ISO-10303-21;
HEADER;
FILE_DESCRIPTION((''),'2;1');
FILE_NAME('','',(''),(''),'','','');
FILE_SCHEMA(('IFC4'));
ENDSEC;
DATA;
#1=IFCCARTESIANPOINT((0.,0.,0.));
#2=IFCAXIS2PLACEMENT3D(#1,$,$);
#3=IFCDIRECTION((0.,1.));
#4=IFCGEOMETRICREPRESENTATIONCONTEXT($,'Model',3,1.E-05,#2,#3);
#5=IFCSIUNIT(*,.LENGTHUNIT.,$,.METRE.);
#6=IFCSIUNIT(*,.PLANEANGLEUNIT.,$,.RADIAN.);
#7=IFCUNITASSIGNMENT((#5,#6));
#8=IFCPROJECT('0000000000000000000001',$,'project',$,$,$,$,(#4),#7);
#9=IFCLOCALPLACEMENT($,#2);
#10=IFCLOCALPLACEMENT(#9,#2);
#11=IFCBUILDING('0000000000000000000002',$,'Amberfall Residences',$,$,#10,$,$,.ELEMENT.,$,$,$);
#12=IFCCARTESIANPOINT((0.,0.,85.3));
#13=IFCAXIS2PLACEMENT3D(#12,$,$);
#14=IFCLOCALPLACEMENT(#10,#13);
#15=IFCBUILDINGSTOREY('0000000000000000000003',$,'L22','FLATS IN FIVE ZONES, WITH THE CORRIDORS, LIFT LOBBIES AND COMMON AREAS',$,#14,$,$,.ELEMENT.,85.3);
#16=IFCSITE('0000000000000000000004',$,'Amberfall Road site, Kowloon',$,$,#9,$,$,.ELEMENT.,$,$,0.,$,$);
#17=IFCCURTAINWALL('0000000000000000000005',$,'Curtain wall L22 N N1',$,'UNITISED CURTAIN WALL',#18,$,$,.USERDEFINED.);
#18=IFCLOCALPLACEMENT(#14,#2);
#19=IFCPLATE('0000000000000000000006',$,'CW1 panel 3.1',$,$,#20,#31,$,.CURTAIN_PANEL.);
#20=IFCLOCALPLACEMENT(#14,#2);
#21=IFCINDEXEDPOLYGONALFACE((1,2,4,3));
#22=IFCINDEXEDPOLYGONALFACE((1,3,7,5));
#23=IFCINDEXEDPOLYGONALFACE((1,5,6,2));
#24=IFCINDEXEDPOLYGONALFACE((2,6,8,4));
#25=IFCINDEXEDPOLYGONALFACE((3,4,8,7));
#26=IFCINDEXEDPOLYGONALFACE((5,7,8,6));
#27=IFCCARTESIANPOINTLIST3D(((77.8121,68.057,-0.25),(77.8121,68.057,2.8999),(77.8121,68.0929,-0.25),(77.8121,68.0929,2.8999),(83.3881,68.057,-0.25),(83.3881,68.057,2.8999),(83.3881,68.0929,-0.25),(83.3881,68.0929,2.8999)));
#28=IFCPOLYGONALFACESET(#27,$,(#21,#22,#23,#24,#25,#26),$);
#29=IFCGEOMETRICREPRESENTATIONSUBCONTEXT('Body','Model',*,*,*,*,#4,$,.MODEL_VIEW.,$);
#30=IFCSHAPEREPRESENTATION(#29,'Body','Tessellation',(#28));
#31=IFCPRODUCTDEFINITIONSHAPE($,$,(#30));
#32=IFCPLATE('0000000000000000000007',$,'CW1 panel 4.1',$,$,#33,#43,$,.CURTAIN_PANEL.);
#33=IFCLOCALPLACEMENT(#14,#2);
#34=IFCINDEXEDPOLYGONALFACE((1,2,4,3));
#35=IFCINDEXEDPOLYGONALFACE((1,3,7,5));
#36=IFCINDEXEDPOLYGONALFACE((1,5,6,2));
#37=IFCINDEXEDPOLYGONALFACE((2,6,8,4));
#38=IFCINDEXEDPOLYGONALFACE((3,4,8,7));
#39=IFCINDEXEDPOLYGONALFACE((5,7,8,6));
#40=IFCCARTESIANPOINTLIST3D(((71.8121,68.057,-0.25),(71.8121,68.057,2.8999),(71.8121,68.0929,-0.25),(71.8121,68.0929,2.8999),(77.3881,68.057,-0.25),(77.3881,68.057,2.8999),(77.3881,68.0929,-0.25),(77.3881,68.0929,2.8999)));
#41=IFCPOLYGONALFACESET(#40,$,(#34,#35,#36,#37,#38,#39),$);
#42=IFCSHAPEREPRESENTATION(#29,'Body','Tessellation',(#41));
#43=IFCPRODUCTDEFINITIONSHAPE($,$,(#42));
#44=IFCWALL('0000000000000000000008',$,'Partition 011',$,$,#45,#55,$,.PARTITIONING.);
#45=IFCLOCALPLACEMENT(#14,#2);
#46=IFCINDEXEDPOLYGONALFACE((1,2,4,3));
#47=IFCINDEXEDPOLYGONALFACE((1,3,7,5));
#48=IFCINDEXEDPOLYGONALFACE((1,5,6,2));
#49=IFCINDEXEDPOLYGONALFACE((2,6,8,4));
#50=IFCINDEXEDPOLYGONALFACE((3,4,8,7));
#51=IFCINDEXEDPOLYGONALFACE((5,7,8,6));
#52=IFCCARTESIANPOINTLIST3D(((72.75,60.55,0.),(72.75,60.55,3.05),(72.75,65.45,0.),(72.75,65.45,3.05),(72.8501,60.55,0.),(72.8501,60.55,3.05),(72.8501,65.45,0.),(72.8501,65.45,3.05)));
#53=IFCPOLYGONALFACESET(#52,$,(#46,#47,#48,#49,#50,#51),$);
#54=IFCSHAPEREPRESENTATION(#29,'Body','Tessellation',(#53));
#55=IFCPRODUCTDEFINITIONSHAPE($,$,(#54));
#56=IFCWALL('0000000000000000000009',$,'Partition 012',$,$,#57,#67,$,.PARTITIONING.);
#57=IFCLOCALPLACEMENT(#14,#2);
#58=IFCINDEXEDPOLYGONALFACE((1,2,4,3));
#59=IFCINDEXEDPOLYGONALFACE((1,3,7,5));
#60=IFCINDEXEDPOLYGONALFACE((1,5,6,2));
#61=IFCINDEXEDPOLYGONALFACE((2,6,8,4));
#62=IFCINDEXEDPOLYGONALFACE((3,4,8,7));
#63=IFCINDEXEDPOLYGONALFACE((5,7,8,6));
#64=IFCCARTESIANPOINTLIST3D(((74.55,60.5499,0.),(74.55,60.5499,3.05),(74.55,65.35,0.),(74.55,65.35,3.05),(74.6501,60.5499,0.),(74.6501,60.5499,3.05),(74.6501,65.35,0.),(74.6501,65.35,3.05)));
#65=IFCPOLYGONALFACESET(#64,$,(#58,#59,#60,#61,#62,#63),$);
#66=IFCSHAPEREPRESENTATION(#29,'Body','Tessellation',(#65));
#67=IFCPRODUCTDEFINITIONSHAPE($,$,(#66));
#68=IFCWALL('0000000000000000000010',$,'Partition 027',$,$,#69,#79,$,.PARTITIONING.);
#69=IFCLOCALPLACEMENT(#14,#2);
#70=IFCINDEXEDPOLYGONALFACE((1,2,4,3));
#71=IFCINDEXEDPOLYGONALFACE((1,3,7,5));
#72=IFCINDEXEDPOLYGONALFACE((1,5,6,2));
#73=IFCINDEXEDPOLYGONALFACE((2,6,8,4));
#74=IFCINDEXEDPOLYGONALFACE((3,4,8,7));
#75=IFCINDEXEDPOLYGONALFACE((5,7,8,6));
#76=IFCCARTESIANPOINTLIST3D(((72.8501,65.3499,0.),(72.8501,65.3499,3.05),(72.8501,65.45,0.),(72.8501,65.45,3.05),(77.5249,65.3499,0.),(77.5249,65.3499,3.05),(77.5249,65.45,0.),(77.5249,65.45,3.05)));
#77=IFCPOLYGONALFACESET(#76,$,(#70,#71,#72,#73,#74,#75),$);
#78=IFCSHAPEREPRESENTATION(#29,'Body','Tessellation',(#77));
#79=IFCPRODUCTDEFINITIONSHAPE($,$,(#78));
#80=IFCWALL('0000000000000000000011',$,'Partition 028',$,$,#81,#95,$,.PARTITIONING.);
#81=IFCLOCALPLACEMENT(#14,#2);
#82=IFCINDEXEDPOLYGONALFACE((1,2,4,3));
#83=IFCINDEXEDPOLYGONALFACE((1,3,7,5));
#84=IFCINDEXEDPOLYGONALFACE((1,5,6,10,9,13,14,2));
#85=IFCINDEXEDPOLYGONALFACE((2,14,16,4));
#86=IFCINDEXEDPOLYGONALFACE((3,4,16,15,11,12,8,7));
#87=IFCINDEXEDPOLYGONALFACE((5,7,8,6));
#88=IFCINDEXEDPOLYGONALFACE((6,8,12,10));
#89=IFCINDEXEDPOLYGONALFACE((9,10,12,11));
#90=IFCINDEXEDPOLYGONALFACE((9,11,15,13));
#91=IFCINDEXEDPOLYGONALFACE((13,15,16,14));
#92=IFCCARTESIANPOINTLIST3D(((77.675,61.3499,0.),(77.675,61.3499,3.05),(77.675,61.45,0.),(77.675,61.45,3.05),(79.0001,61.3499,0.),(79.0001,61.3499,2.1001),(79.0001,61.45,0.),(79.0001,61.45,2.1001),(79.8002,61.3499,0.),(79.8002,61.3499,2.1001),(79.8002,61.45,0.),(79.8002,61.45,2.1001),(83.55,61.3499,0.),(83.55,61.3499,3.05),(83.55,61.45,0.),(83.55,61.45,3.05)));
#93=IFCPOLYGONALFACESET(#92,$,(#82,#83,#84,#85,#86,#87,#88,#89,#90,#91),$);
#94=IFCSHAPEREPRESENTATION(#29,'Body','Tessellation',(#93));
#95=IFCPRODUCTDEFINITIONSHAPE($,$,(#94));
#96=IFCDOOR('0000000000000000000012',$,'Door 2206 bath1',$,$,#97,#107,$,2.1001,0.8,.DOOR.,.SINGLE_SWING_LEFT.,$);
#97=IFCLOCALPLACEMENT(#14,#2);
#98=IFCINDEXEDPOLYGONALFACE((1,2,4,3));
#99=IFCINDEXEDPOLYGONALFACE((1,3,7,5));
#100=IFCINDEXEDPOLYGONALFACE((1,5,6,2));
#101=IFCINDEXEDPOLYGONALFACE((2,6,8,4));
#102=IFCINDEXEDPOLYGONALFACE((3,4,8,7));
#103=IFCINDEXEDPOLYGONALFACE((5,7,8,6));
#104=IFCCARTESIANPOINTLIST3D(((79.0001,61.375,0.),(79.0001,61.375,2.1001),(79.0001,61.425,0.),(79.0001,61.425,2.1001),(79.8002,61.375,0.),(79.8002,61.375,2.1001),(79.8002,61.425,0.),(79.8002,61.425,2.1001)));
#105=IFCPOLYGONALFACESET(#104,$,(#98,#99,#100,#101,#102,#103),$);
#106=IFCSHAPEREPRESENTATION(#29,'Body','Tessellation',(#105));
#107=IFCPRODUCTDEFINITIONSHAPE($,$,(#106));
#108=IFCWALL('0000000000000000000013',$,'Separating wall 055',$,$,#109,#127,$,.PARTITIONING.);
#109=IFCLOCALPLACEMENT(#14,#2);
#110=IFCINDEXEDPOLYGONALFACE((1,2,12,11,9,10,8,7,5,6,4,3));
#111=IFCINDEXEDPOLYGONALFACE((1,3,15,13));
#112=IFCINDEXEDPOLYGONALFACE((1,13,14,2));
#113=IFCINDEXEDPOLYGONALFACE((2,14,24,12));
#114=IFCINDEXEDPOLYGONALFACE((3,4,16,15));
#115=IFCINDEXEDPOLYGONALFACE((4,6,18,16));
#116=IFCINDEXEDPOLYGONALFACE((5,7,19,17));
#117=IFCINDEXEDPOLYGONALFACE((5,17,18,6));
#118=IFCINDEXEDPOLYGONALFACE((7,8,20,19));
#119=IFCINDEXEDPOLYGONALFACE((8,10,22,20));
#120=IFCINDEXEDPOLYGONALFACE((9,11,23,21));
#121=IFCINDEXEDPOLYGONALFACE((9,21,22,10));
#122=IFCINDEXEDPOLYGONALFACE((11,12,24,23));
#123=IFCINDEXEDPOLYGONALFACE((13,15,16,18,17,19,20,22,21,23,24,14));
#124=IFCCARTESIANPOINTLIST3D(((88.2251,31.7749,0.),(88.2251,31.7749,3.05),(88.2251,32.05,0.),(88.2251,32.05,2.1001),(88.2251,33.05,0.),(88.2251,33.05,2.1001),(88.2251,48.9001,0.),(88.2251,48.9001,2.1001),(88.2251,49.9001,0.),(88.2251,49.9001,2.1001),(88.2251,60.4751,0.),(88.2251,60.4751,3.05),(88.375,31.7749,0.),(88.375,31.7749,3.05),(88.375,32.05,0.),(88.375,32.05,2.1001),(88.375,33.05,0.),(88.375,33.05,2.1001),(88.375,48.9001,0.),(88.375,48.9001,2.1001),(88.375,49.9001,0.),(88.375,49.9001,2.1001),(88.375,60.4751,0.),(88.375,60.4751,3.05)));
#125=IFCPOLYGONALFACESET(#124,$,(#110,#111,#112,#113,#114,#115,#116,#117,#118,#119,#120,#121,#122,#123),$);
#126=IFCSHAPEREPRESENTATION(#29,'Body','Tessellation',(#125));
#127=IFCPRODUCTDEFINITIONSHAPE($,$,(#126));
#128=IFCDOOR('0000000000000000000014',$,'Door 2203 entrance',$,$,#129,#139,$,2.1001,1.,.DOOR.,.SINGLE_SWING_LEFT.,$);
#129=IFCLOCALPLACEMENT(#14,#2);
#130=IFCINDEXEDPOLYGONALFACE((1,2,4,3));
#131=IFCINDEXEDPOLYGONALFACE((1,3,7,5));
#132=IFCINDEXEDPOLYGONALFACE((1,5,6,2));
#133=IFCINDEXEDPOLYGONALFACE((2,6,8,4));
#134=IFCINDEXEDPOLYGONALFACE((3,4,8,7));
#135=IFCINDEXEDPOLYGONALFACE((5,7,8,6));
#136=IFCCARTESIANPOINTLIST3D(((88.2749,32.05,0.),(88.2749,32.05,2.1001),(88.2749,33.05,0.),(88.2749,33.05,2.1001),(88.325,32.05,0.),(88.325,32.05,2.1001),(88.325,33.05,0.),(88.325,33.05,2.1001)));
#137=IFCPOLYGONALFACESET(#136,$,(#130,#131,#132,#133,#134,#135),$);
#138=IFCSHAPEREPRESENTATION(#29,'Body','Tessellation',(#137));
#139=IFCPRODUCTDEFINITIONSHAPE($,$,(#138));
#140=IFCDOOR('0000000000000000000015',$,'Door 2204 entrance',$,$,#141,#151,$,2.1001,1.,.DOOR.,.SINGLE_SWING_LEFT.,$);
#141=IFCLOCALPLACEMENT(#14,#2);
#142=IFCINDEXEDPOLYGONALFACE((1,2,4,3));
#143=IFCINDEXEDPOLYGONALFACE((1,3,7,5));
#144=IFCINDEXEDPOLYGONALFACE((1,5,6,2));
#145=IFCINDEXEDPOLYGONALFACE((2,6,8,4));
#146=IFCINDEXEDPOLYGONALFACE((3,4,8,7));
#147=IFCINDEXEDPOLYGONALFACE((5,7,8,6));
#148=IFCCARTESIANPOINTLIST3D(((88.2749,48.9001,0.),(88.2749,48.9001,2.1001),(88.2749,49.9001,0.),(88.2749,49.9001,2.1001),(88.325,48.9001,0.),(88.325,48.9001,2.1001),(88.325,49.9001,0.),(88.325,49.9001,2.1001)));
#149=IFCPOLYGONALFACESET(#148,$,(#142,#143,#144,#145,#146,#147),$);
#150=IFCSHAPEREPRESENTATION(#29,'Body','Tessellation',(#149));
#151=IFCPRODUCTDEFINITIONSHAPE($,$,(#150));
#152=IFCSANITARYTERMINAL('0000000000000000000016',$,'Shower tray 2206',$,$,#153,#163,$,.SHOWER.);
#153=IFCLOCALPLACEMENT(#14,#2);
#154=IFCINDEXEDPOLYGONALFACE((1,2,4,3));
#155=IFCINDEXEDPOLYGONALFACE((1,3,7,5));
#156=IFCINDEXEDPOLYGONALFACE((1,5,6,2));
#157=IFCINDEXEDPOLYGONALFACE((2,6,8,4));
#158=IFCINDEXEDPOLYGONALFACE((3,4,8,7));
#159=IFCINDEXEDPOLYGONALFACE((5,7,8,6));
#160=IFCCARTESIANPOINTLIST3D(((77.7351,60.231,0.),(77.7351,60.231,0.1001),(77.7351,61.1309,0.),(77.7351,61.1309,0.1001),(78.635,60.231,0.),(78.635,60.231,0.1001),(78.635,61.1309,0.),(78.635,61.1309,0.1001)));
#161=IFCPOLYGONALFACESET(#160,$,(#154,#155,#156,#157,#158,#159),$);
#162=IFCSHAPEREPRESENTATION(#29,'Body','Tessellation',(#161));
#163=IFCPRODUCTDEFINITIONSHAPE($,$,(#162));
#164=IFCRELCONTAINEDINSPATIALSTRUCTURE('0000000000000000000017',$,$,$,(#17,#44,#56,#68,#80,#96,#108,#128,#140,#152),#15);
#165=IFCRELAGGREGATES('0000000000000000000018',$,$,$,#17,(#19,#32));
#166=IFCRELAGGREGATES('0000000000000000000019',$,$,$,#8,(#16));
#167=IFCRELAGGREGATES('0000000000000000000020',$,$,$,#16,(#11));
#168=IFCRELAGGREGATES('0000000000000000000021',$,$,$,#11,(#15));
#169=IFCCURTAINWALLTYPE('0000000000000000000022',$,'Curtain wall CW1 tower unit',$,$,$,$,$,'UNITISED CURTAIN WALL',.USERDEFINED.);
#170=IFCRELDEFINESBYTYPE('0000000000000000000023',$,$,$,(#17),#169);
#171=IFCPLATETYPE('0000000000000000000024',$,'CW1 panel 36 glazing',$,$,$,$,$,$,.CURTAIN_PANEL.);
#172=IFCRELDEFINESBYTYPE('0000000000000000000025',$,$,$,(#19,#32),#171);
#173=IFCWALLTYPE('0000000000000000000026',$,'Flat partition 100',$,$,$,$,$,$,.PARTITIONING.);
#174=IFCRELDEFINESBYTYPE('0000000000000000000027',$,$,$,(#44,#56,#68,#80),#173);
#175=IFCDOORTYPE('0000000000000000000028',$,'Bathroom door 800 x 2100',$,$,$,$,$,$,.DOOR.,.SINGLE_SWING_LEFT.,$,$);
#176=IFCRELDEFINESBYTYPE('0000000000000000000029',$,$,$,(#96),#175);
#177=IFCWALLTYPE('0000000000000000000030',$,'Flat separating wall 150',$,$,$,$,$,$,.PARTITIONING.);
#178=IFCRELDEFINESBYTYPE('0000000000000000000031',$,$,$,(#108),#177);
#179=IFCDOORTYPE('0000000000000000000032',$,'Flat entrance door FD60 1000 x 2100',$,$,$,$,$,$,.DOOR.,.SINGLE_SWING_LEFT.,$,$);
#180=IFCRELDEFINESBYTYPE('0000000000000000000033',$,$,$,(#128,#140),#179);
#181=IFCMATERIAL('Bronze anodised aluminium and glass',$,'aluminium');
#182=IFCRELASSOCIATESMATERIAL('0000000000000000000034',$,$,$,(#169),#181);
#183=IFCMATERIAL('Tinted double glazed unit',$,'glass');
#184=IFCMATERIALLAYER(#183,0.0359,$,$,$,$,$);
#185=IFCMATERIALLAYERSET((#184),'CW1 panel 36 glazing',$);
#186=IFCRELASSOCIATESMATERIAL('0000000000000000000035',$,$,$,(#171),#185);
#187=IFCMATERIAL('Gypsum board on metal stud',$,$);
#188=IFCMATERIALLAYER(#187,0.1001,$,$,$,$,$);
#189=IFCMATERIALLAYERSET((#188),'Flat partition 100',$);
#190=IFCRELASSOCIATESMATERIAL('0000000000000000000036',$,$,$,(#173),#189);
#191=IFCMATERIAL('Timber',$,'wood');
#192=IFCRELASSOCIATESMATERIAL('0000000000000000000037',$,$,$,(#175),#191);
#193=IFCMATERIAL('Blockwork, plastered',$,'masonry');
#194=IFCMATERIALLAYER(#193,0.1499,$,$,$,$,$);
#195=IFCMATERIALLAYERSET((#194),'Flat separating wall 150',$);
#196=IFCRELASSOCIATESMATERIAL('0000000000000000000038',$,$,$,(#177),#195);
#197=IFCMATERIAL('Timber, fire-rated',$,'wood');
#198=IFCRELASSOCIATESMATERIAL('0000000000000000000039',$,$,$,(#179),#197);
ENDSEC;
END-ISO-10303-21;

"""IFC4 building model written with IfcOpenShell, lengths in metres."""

from ifc_helpers import new_model, si_unit, direction, frame, frame_2d, origin, origin_2d, place, context, subcontext, project, spatial, rectangle, extrude, material, layer, layer_set, type_object, element, fill, aggregate, save


model = new_model("IFC4")

# Units and contexts
model_context = context("Model", 3, precision=1e-05, world=origin(), true_north=direction((0.0, 1.0)))
body_context = subcontext(model_context, "Body", "Model", "MODEL_VIEW")
ifc_project = project(units=[si_unit("LENGTHUNIT", "METRE"), si_unit("PLANEANGLEUNIT", "RADIAN")], contexts=[model_context])

# Site, building, storey
site_placement = place(None, origin())
site = spatial("IfcSite", under=ifc_project, at=site_placement, Name="Amberfall Road site, Kowloon", CompositionType="ELEMENT", RefElevation=0.0)
building_placement = place(site_placement, origin())
building = spatial("IfcBuilding", under=site, at=building_placement, Name="Amberfall Residences", CompositionType="ELEMENT")
storey_placement = place(building_placement, frame((0.0, 0.0, 85.3)))
storey = spatial("IfcBuildingStorey", under=building, at=storey_placement, Name="L22", Description="FLATS IN FIVE ZONES, WITH THE CORRIDORS, LIFT LOBBIES AND COMMON AREAS", CompositionType="ELEMENT", Elevation=85.3)

# Curtain wall
ifc_material_1 = material(Name="Bronze anodised aluminium and glass", Category="aluminium")
curtain_wall_type = type_object("IfcCurtainWallType", Name="Curtain wall CW1 tower unit", ElementType="UNITISED CURTAIN WALL", PredefinedType="USERDEFINED", material=ifc_material_1)
curtain_wall_placement = place(storey_placement, origin())
curtain_wall = element("IfcCurtainWall", 1, at=curtain_wall_placement, inside=storey, type_object=curtain_wall_type, Name="Curtain wall L22 N N1", ObjectType="UNITISED CURTAIN WALL", PredefinedType="USERDEFINED")

# Plates
ifc_material_2 = material(Name="Tinted double glazed unit", Category="glass")
ifc_layer_1 = layer(ifc_material_2, 0.0359)
ifc_layer_set_1 = layer_set([ifc_layer_1], Name="CW1 panel 36 glazing")
plate_type = type_object("IfcPlateType", Name="CW1 panel 36 glazing", PredefinedType="CURTAIN_PANEL", material=ifc_layer_set_1)
plate_1_placement = place(storey_placement, frame((80.6001, 68.075, -0.25), z_axis=(0.0, 0.0, 1.0), x_axis=(-1.0, 0.0, 0.0)))
plate_1 = element("IfcPlate", 2, at=plate_1_placement, type_object=plate_type, Name="CW1 panel 3.1", PredefinedType="CURTAIN_PANEL", context=body_context, shape_type="SweptSolid", body=[
    extrude(rectangle(XDim=5.5759, YDim=0.0359, at=origin_2d()), origin(), (0.0, 0.0, 1.0), 3.1499),
])
plate_2_placement = place(storey_placement, frame((74.6001, 68.075, -0.25), z_axis=(0.0, 0.0, 1.0), x_axis=(-1.0, 0.0, 0.0)))
plate_2 = element("IfcPlate", 3, at=plate_2_placement, type_object=plate_type, Name="CW1 panel 4.1", PredefinedType="CURTAIN_PANEL", context=body_context, shape_type="SweptSolid", body=[
    extrude(rectangle(XDim=5.5759, YDim=0.0359, at=origin_2d()), origin(), (0.0, 0.0, 1.0), 3.1499),
])
aggregate(curtain_wall, [plate_1, plate_2])

# Walls
ifc_material_3 = material(Name="Gypsum board on metal stud")
ifc_layer_2 = layer(ifc_material_3, 0.1001)
ifc_layer_set_2 = layer_set([ifc_layer_2], Name="Flat partition 100")
wall_type_1 = type_object("IfcWallType", Name="Flat partition 100", PredefinedType="PARTITIONING", material=ifc_layer_set_2)
wall_1_placement = place(storey_placement, frame((72.8, 60.55, 0.0), z_axis=(0.0, 0.0, 1.0), x_axis=(0.0, 1.0, 0.0)))
element("IfcWall", 4, at=wall_1_placement, inside=storey, type_object=wall_type_1, Name="Partition 011", PredefinedType="PARTITIONING", context=body_context, shape_type="SweptSolid", body=[
    extrude(rectangle(XDim=4.8999, YDim=0.1001, at=frame_2d((2.45, 0.0))), origin(), (0.0, 0.0, 1.0), 3.05),
])
wall_2_placement = place(storey_placement, frame((74.6001, 60.55, 0.0), z_axis=(0.0, 0.0, 1.0), x_axis=(0.0, 1.0, 0.0)))
element("IfcWall", 5, at=wall_2_placement, inside=storey, type_object=wall_type_1, Name="Partition 012", PredefinedType="PARTITIONING", context=body_context, shape_type="SweptSolid", body=[
    extrude(rectangle(XDim=4.8, YDim=0.1001, at=frame_2d((2.3999, 0.0))), origin(), (0.0, 0.0, 1.0), 3.05),
])
wall_3_placement = place(storey_placement, frame((72.8501, 65.3999, 0.0), z_axis=(0.0, 0.0, 1.0), x_axis=(1.0, 0.0, 0.0)))
element("IfcWall", 6, at=wall_3_placement, inside=storey, type_object=wall_type_1, Name="Partition 027", PredefinedType="PARTITIONING", context=body_context, shape_type="SweptSolid", body=[
    extrude(rectangle(XDim=4.6748, YDim=0.1001, at=frame_2d((2.3374, 0.0))), origin(), (0.0, 0.0, 1.0), 3.05),
])

# Wall, opening, door
wall_4_placement = place(storey_placement, frame((83.55, 61.3999, 0.0), z_axis=(0.0, 0.0, 1.0), x_axis=(-1.0, 0.0, 0.0)))
wall_4 = element("IfcWall", 7, at=wall_4_placement, inside=storey, type_object=wall_type_1, Name="Partition 028", PredefinedType="PARTITIONING", context=body_context, shape_type="SweptSolid", body=[
    extrude(rectangle(XDim=5.875, YDim=0.1001, at=frame_2d((2.9375, 0.0))), origin(), (0.0, 0.0, 1.0), 3.05),
])
opening_1_placement = place(wall_4_placement, frame((3.75, 0.0, 0.0)))
opening_1 = element("IfcOpeningElement", 8, at=opening_1_placement, cuts=wall_4, PredefinedType="OPENING", context=body_context, shape_type="SweptSolid", body=[
    extrude(rectangle(XDim=0.8, YDim=2.1001, at=frame_2d((0.3999, 1.05))), frame((0.0, 0.0601, 0.0), z_axis=(0.0, -1.0, 0.0), x_axis=(1.0, 0.0, 0.0)), (0.0, 0.0, 1.0), 0.1201),
])
ifc_material_4 = material(Name="Timber", Category="wood")
door_type_1 = type_object("IfcDoorType", Name="Bathroom door 800 x 2100", OperationType="SINGLE_SWING_LEFT", PredefinedType="DOOR", material=ifc_material_4)
door_1_placement = place(opening_1_placement, origin())
door_1 = element("IfcDoor", 9, at=door_1_placement, inside=storey, type_object=door_type_1, Name="Door 2206 bath1", OperationType="SINGLE_SWING_LEFT", OverallHeight=2.1001, OverallWidth=0.8, PredefinedType="DOOR", context=body_context, shape_type="SweptSolid", body=[
    extrude(rectangle(XDim=0.8, YDim=2.1001, at=frame_2d((0.3999, 1.05))), frame((0.0, 0.0249, 0.0), z_axis=(0.0, -1.0, 0.0), x_axis=(1.0, 0.0, 0.0)), (0.0, 0.0, 1.0), 0.05),
])
fill(opening_1, door_1)

# Wall, openings, doors
ifc_material_5 = material(Name="Blockwork, plastered", Category="masonry")
ifc_layer_3 = layer(ifc_material_5, 0.1499)
ifc_layer_set_3 = layer_set([ifc_layer_3], Name="Flat separating wall 150")
wall_type_2 = type_object("IfcWallType", Name="Flat separating wall 150", PredefinedType="PARTITIONING", material=ifc_layer_set_3)
wall_5_placement = place(storey_placement, frame((88.3, 60.4751, 0.0), z_axis=(0.0, 0.0, 1.0), x_axis=(0.0, -1.0, 0.0)))
wall_5 = element("IfcWall", 10, at=wall_5_placement, inside=storey, type_object=wall_type_2, Name="Separating wall 055", PredefinedType="PARTITIONING", context=body_context, shape_type="SweptSolid", body=[
    extrude(rectangle(XDim=28.7002, YDim=0.1499, at=frame_2d((14.3501, 0.0))), origin(), (0.0, 0.0, 1.0), 3.05),
])
opening_2_placement = place(wall_5_placement, frame((27.425, 0.0, 0.0)))
opening_2 = element("IfcOpeningElement", 11, at=opening_2_placement, cuts=wall_5, PredefinedType="OPENING", context=body_context, shape_type="SweptSolid", body=[
    extrude(rectangle(XDim=1.0, YDim=2.1001, at=frame_2d((0.5, 1.05))), frame((0.0, 0.085, 0.0), z_axis=(0.0, -1.0, 0.0), x_axis=(1.0, 0.0, 0.0)), (0.0, 0.0, 1.0), 0.1699),
])
opening_3_placement = place(wall_5_placement, frame((10.575, 0.0, 0.0)))
opening_3 = element("IfcOpeningElement", 12, at=opening_3_placement, cuts=wall_5, PredefinedType="OPENING", context=body_context, shape_type="SweptSolid", body=[
    extrude(rectangle(XDim=1.0, YDim=2.1001, at=frame_2d((0.5, 1.05))), frame((0.0, 0.085, 0.0), z_axis=(0.0, -1.0, 0.0), x_axis=(1.0, 0.0, 0.0)), (0.0, 0.0, 1.0), 0.1699),
])
ifc_material_6 = material(Name="Timber, fire-rated", Category="wood")
door_type_2 = type_object("IfcDoorType", Name="Flat entrance door FD60 1000 x 2100", OperationType="SINGLE_SWING_LEFT", PredefinedType="DOOR", material=ifc_material_6)
door_2_placement = place(opening_2_placement, origin())
door_2 = element("IfcDoor", 13, at=door_2_placement, inside=storey, type_object=door_type_2, Name="Door 2203 entrance", OperationType="SINGLE_SWING_LEFT", OverallHeight=2.1001, OverallWidth=1.0, PredefinedType="DOOR", context=body_context, shape_type="SweptSolid", body=[
    extrude(rectangle(XDim=1.0, YDim=2.1001, at=frame_2d((0.5, 1.05))), frame((0.0, 0.0249, 0.0), z_axis=(0.0, -1.0, 0.0), x_axis=(1.0, 0.0, 0.0)), (0.0, 0.0, 1.0), 0.05),
])
fill(opening_2, door_2)
door_3_placement = place(opening_3_placement, origin())
door_3 = element("IfcDoor", 14, at=door_3_placement, inside=storey, type_object=door_type_2, Name="Door 2204 entrance", OperationType="SINGLE_SWING_LEFT", OverallHeight=2.1001, OverallWidth=1.0, PredefinedType="DOOR", context=body_context, shape_type="SweptSolid", body=[
    extrude(rectangle(XDim=1.0, YDim=2.1001, at=frame_2d((0.5, 1.05))), frame((0.0, 0.0249, 0.0), z_axis=(0.0, -1.0, 0.0), x_axis=(1.0, 0.0, 0.0)), (0.0, 0.0, 1.0), 0.05),
])
fill(opening_3, door_3)

# Sanitary terminal
sanitary_terminal_placement = place(storey_placement, frame((78.1851, 60.6809, 0.0), z_axis=(0.0, 0.0, 1.0), x_axis=(1.0, 0.0, 0.0)))
element("IfcSanitaryTerminal", 15, at=sanitary_terminal_placement, inside=storey, Name="Shower tray 2206", PredefinedType="SHOWER", context=body_context, shape_type="SweptSolid", body=[
    extrude(rectangle(XDim=0.8999, YDim=0.8999, at=origin_2d()), origin(), (0.0, 0.0, 1.0), 0.1001),
])

save(model, "model.ifc")
